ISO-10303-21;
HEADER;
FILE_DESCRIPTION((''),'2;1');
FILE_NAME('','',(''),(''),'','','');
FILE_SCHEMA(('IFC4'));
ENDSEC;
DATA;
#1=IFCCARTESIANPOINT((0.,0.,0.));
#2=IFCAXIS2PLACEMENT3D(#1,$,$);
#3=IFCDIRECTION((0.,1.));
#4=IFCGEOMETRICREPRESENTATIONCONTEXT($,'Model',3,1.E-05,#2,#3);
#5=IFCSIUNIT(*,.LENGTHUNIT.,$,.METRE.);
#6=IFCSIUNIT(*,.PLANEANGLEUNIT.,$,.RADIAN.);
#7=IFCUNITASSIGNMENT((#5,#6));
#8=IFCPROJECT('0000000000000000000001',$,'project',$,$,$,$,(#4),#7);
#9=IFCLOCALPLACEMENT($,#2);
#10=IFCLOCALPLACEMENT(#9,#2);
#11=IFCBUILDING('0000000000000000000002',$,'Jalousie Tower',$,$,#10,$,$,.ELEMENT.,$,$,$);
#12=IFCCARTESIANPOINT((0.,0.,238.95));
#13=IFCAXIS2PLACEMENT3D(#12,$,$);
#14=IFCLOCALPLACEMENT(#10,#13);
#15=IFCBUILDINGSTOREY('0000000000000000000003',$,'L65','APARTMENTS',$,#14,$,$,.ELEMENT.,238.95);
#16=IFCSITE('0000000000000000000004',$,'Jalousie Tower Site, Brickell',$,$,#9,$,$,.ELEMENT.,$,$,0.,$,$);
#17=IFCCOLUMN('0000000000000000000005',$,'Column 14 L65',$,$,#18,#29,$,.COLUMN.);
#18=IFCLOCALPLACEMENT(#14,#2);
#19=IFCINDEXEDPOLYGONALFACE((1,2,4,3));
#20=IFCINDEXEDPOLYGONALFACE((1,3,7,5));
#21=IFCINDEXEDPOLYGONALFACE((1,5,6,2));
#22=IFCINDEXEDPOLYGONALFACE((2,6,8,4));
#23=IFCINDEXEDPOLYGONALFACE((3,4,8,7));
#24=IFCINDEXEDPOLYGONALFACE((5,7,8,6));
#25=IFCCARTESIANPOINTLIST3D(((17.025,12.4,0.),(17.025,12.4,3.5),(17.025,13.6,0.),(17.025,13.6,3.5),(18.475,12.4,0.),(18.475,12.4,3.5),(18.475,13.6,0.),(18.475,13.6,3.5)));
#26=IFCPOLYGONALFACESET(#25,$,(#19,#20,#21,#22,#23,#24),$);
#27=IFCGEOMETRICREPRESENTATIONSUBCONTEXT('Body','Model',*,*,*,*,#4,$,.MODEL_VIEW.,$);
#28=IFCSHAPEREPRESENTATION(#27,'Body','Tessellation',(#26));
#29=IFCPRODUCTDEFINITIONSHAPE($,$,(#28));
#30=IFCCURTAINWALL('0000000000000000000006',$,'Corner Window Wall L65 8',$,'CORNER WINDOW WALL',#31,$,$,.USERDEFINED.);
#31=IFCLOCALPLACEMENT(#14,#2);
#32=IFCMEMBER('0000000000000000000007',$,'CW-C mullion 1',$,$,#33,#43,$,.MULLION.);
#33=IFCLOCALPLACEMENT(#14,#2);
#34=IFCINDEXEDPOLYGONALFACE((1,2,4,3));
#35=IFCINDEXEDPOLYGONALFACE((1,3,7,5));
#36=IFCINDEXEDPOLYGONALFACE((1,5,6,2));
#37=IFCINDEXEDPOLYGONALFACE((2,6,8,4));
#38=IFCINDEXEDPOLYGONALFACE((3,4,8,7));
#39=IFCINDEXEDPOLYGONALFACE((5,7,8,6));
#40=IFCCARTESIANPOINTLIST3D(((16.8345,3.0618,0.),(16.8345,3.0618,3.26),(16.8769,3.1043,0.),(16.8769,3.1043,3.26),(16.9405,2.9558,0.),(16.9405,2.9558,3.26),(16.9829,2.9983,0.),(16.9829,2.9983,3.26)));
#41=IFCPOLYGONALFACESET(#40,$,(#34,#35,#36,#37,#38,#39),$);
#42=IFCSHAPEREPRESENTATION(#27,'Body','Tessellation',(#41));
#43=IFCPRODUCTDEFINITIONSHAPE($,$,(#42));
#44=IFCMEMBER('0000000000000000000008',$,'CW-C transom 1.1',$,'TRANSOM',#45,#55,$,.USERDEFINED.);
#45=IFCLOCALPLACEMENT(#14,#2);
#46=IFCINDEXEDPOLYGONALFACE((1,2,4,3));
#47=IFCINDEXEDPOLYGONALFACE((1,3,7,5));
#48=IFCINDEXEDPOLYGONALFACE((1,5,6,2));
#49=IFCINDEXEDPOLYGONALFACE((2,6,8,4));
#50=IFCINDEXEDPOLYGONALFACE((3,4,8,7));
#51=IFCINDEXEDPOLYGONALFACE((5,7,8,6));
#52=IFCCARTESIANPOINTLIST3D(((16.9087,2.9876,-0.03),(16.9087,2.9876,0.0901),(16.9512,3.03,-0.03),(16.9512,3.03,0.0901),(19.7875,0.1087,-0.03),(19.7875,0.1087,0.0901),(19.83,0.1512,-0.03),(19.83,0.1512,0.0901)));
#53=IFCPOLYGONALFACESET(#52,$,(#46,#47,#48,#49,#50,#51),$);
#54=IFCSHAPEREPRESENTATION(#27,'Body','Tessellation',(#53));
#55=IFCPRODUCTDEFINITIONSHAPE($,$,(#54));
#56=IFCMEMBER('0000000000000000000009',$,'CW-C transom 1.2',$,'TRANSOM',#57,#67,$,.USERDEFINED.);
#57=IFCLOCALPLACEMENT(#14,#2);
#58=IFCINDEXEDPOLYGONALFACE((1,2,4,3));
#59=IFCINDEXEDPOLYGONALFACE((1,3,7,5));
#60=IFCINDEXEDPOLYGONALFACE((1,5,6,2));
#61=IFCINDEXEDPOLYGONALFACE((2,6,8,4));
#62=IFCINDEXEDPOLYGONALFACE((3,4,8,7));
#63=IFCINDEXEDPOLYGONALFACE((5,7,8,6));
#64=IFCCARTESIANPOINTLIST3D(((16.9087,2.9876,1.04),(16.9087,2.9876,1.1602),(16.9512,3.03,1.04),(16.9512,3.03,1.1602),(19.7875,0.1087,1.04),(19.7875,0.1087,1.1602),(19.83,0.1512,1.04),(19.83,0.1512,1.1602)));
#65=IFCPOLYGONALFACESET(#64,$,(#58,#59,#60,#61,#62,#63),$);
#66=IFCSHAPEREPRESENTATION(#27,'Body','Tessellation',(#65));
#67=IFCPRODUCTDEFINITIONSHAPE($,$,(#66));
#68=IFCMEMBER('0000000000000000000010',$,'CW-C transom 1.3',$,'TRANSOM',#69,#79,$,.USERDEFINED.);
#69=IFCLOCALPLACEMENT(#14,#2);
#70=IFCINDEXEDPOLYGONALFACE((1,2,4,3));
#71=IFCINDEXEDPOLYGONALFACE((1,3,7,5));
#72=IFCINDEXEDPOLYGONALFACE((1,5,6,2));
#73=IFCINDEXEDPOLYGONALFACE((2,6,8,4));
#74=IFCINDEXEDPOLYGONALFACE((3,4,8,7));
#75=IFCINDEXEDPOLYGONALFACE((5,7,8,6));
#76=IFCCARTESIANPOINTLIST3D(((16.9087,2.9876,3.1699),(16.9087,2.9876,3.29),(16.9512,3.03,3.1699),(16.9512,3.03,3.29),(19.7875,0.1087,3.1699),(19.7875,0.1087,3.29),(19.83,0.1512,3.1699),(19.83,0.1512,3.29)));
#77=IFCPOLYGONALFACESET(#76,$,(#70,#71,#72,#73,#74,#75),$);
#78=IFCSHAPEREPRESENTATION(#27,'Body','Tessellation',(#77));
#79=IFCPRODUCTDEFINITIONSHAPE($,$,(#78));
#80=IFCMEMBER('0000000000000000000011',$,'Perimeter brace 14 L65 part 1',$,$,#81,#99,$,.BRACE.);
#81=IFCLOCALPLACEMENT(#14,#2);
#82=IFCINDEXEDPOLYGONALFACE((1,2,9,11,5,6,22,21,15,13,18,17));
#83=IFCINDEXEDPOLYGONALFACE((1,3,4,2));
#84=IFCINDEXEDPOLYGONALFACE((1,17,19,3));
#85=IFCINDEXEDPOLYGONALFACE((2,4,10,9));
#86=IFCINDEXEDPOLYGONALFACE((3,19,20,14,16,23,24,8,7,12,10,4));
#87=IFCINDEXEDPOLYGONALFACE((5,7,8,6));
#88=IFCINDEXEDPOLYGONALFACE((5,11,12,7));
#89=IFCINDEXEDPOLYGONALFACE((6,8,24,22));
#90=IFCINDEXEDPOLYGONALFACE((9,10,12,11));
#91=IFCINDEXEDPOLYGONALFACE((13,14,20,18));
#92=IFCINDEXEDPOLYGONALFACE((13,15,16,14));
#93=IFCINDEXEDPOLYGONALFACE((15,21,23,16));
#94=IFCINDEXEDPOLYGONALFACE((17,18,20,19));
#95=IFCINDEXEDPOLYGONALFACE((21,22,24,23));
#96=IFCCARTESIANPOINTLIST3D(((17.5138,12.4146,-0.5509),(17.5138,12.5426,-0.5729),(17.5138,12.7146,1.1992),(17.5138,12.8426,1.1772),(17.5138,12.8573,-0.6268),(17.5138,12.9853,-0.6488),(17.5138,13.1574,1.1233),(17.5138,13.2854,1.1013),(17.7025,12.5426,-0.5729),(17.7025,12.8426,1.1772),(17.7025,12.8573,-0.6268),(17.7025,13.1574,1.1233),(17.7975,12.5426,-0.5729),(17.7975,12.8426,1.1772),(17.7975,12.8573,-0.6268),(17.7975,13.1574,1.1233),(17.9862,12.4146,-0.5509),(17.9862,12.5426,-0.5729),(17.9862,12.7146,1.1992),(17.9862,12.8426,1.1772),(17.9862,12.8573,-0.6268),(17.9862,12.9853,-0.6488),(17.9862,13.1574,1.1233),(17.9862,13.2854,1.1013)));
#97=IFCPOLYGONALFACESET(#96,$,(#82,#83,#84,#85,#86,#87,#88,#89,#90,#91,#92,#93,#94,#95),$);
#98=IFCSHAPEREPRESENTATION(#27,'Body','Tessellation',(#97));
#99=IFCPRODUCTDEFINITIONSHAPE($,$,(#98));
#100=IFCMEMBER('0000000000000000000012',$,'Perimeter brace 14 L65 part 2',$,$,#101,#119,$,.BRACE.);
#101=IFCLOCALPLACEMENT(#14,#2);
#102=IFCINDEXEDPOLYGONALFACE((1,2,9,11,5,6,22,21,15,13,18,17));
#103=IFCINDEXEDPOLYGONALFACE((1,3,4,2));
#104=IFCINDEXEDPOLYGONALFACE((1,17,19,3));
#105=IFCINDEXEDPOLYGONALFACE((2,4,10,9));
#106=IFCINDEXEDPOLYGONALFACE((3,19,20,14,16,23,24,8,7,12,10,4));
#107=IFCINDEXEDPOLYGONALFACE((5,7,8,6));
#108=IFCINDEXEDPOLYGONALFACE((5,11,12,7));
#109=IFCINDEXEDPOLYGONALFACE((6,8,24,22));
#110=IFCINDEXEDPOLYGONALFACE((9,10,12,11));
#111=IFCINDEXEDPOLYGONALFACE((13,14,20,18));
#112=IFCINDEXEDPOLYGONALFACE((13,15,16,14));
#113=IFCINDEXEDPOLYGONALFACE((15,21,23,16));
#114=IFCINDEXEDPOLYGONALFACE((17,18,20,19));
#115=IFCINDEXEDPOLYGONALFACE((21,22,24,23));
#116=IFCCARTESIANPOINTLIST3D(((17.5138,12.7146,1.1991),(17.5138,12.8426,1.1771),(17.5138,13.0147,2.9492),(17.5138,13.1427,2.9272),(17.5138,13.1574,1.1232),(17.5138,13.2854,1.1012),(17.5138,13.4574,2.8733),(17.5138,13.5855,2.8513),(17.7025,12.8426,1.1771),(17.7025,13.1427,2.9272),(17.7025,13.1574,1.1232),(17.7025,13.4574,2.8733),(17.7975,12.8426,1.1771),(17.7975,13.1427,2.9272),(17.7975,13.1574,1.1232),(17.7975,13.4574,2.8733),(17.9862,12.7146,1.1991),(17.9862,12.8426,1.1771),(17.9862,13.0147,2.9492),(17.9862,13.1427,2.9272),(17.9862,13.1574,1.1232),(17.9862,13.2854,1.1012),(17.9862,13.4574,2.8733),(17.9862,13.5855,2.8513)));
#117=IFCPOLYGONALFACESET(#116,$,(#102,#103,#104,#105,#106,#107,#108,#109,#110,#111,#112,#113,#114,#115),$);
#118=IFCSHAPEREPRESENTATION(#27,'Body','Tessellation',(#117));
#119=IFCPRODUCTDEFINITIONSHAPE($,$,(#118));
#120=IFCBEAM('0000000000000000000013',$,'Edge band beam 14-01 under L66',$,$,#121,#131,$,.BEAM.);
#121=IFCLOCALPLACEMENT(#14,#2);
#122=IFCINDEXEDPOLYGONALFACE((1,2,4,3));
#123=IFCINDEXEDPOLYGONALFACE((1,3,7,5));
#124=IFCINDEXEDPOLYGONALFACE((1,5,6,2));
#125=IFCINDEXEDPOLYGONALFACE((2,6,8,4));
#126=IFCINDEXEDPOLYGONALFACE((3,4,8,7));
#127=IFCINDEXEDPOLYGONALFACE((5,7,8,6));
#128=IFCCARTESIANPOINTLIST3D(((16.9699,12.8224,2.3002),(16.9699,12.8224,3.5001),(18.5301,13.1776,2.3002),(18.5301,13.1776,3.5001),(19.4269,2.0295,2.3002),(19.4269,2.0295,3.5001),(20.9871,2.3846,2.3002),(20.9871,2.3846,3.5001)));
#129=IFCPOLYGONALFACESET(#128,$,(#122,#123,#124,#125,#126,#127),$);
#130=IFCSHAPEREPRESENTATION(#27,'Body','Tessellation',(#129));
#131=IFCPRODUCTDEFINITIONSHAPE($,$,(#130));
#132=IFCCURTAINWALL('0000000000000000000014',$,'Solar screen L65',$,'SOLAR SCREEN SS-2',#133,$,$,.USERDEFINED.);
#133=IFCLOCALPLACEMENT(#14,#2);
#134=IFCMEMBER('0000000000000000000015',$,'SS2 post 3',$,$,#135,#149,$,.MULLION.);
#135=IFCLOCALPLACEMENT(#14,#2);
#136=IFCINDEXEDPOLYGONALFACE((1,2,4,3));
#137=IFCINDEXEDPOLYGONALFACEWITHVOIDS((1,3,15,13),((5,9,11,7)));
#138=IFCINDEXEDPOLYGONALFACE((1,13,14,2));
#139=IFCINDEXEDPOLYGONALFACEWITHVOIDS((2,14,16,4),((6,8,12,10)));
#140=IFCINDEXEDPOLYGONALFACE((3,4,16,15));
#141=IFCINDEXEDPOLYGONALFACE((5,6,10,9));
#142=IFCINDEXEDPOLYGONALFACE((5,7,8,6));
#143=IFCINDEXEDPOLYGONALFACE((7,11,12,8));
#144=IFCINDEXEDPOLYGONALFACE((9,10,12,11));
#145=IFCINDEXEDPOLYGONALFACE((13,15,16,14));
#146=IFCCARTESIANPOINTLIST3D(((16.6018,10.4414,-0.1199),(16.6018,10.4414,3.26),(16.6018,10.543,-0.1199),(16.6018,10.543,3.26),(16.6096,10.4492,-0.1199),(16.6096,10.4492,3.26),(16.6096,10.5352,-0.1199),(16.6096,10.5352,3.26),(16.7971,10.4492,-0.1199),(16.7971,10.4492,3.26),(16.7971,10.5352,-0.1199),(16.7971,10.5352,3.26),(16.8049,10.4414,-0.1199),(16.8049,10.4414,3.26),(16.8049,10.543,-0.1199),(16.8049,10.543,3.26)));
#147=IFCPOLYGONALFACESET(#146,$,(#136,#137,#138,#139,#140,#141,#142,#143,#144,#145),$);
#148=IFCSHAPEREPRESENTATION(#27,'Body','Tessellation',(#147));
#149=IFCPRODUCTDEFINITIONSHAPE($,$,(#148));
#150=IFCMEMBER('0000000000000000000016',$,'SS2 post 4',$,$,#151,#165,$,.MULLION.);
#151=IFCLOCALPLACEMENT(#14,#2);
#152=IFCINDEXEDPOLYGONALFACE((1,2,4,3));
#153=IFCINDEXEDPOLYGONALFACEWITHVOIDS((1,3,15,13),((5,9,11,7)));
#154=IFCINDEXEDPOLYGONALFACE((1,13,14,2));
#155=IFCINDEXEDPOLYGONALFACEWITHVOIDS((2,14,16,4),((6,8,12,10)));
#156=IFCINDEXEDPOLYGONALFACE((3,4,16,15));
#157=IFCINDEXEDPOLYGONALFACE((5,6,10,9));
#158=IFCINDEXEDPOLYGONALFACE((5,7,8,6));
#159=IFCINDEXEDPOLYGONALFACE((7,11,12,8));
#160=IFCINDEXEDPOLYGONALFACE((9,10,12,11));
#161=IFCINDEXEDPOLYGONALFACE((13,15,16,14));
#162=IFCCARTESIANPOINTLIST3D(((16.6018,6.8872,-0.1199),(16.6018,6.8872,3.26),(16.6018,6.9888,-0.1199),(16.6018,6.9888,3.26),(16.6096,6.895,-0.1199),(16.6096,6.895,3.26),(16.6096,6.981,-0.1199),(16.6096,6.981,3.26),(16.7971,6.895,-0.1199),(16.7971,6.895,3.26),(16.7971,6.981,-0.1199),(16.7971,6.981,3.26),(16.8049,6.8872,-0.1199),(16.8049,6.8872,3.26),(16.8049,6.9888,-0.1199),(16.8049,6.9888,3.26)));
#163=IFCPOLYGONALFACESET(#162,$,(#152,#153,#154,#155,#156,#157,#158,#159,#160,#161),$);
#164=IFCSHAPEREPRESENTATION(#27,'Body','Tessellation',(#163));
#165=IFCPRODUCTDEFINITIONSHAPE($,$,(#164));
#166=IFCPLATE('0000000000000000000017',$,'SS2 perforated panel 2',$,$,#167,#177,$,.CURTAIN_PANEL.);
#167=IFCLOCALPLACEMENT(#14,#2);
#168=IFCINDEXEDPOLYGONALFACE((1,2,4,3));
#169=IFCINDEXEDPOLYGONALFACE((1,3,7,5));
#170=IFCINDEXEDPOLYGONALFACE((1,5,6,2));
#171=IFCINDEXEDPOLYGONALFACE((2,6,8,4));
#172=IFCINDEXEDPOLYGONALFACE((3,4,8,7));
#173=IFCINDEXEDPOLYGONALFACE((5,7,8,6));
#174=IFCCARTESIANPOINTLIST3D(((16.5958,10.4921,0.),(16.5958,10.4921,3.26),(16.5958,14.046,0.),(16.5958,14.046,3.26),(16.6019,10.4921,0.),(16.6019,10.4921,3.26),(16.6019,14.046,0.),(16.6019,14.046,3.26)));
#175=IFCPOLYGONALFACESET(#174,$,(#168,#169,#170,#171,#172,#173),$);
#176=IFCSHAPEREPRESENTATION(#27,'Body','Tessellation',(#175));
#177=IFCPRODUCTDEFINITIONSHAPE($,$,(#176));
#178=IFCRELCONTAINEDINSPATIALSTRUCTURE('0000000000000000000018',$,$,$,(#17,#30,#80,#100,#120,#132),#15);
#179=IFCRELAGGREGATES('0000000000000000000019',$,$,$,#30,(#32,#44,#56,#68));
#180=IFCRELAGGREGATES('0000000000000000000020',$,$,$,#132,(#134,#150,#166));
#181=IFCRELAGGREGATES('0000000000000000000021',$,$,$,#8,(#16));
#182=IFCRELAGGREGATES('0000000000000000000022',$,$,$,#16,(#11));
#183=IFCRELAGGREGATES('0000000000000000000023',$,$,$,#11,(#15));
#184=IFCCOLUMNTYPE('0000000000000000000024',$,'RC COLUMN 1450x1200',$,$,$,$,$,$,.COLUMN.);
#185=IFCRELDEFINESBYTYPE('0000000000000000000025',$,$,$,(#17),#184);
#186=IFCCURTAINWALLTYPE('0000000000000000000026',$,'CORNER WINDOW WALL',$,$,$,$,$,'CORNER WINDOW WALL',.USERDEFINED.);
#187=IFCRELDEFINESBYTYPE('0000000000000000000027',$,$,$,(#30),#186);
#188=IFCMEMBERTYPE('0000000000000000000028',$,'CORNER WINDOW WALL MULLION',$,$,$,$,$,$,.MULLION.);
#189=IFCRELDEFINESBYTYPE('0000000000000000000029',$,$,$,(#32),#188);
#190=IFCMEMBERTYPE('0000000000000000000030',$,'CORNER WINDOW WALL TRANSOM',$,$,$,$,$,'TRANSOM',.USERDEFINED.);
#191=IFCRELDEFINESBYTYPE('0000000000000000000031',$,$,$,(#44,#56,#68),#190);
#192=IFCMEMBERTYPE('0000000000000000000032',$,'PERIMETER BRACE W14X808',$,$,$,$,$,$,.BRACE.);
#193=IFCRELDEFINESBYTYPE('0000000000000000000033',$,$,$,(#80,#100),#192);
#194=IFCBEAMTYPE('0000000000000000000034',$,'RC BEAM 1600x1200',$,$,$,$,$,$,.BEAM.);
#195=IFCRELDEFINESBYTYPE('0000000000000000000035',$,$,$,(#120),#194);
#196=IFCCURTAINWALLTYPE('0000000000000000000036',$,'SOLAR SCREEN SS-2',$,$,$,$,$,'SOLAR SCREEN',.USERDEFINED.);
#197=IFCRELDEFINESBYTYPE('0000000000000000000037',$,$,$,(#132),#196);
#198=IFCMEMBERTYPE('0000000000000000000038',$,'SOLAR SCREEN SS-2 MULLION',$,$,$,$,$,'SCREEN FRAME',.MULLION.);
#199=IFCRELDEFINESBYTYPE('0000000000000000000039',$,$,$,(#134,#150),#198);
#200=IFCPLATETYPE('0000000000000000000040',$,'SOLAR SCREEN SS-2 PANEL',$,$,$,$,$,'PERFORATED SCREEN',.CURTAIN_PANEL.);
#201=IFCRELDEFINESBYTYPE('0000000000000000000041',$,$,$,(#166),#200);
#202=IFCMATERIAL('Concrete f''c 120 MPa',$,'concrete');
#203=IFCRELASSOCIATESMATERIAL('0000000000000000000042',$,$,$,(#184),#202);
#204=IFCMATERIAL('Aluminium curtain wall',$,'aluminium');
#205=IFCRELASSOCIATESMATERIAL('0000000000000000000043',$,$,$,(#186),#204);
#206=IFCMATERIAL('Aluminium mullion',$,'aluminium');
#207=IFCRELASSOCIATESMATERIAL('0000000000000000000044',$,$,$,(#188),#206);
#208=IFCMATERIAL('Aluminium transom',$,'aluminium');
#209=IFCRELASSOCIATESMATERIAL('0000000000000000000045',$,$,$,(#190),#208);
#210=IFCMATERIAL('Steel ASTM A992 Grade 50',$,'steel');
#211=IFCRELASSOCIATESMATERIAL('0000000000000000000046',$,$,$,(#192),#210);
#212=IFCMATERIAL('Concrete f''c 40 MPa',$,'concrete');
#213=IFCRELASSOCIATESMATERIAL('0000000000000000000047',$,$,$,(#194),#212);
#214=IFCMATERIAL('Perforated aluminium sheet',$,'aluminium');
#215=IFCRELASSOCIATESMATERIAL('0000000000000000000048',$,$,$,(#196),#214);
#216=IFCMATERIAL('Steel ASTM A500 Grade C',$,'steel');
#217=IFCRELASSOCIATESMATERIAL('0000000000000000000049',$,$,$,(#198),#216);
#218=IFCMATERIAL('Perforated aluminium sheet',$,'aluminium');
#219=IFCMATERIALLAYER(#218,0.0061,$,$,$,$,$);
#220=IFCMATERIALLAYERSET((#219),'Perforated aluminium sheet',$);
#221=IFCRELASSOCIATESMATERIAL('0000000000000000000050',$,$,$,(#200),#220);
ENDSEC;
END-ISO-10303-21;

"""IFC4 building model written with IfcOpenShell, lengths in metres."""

from ifc_helpers import new_model, si_unit, direction, frame, origin, origin_2d, place, context, subcontext, project, spatial, rectangle, hollow_rectangle, i_section, extrude, material, layer, layer_set, material_profile, profile_set, type_object, element, aggregate, save


model = new_model("IFC4")

# Units and contexts
model_context = context("Model", 3, precision=1e-05, world=origin(), true_north=direction((0.0, 1.0)))
body_context = subcontext(model_context, "Body", "Model", "MODEL_VIEW")
ifc_project = project(units=[si_unit("LENGTHUNIT", "METRE"), si_unit("PLANEANGLEUNIT", "RADIAN")], contexts=[model_context])

# Site, building, storey
site_placement = place(None, origin())
site = spatial("IfcSite", under=ifc_project, at=site_placement, Name="Jalousie Tower Site, Brickell", CompositionType="ELEMENT", RefElevation=0.0)
building_placement = place(site_placement, origin())
building = spatial("IfcBuilding", under=site, at=building_placement, Name="Jalousie Tower", CompositionType="ELEMENT")
storey_placement = place(building_placement, frame((0.0, 0.0, 238.95)))
storey = spatial("IfcBuildingStorey", under=building, at=storey_placement, Name="L65", Description="APARTMENTS", CompositionType="ELEMENT", Elevation=238.95)

# Column
ifc_material_1 = material(Name="Concrete f'c 120 MPa", Category="concrete")
ifc_material_profile_1 = material_profile(ifc_material_1, rectangle(XDim=1.45, YDim=1.2, at=origin_2d()), Name="RC 1450x1200")
ifc_profile_set_1 = profile_set([ifc_material_profile_1], Name="Concrete f'c 120 MPa")
column_type = type_object("IfcColumnType", Name="RC COLUMN 1450x1200", PredefinedType="COLUMN", material=ifc_profile_set_1)
column_placement = place(storey_placement, frame((17.75, 13.0, 0.0), z_axis=(0.0, 0.0, 1.0), x_axis=(1.0, 0.0, 0.0)))
element("IfcColumn", 1, at=column_placement, inside=storey, type_object=column_type, Name="Column 14 L65", PredefinedType="COLUMN", context=body_context, shape_type="SweptSolid", body=[
    extrude(rectangle(XDim=1.45, YDim=1.2, at=origin_2d()), origin(), (0.0, 0.0, 1.0), 3.5),
])

# Curtain wall, members
ifc_material_2 = material(Name="Aluminium curtain wall", Category="aluminium")
curtain_wall_type_1 = type_object("IfcCurtainWallType", Name="CORNER WINDOW WALL", ElementType="CORNER WINDOW WALL", PredefinedType="USERDEFINED", material=ifc_material_2)
curtain_wall_1_placement = place(storey_placement, origin())
curtain_wall_1 = element("IfcCurtainWall", 2, at=curtain_wall_1_placement, inside=storey, type_object=curtain_wall_type_1, Name="Corner Window Wall L65 8", ObjectType="CORNER WINDOW WALL", PredefinedType="USERDEFINED")
ifc_material_3 = material(Name="Aluminium mullion", Category="aluminium")
ifc_material_profile_2 = material_profile(ifc_material_3, rectangle(XDim=0.0601, YDim=0.1499, at=origin_2d()), Name="MULLION 60x150")
ifc_profile_set_2 = profile_set([ifc_material_profile_2], Name="Aluminium mullion")
member_type_1 = type_object("IfcMemberType", Name="CORNER WINDOW WALL MULLION", PredefinedType="MULLION", material=ifc_profile_set_2)
member_1_placement = place(storey_placement, frame((16.9087, 3.03, 0.0), z_axis=(0.0, 0.0, 1.0), x_axis=(0.707107, 0.707107, 0.0)))
member_1 = element("IfcMember", 3, at=member_1_placement, type_object=member_type_1, Name="CW-C mullion 1", PredefinedType="MULLION", context=body_context, shape_type="SweptSolid", body=[
    extrude(rectangle(XDim=0.0601, YDim=0.1499, at=origin_2d()), origin(), (0.0, 0.0, 1.0), 3.26),
])
ifc_material_4 = material(Name="Aluminium transom", Category="aluminium")
ifc_material_profile_3 = material_profile(ifc_material_4, rectangle(XDim=0.0601, YDim=0.1201, at=origin_2d()), Name="TRANSOM 60x120")
ifc_profile_set_3 = profile_set([ifc_material_profile_3], Name="Aluminium transom")
member_type_2 = type_object("IfcMemberType", Name="CORNER WINDOW WALL TRANSOM", ElementType="TRANSOM", PredefinedType="USERDEFINED", material=ifc_profile_set_3)
member_2_placement = place(storey_placement, frame((16.9299, 3.0088, 0.03), z_axis=(0.707107, -0.707107, 0.0), x_axis=(0.707107, 0.707107, 0.0)))
member_2 = element("IfcMember", 4, at=member_2_placement, type_object=member_type_2, Name="CW-C transom 1.1", ObjectType="TRANSOM", PredefinedType="USERDEFINED", context=body_context, shape_type="SweptSolid", body=[
    extrude(rectangle(XDim=0.0601, YDim=0.1201, at=origin_2d()), origin(), (0.0, 0.0, 1.0), 4.0713),
])
member_3_placement = place(storey_placement, frame((16.9299, 3.0088, 1.1001), z_axis=(0.707107, -0.707107, 0.0), x_axis=(0.707107, 0.707107, 0.0)))
member_3 = element("IfcMember", 5, at=member_3_placement, type_object=member_type_2, Name="CW-C transom 1.2", ObjectType="TRANSOM", PredefinedType="USERDEFINED", context=body_context, shape_type="SweptSolid", body=[
    extrude(rectangle(XDim=0.0601, YDim=0.1201, at=origin_2d()), origin(), (0.0, 0.0, 1.0), 4.0713),
])
member_4_placement = place(storey_placement, frame((16.9299, 3.0088, 3.23), z_axis=(0.707107, -0.707107, 0.0), x_axis=(0.707107, 0.707107, 0.0)))
member_4 = element("IfcMember", 6, at=member_4_placement, type_object=member_type_2, Name="CW-C transom 1.3", ObjectType="TRANSOM", PredefinedType="USERDEFINED", context=body_context, shape_type="SweptSolid", body=[
    extrude(rectangle(XDim=0.0601, YDim=0.1201, at=origin_2d()), origin(), (0.0, 0.0, 1.0), 4.0713),
])
aggregate(curtain_wall_1, [member_1, member_2, member_3, member_4])

# Members
ifc_material_5 = material(Name="Steel ASTM A992 Grade 50", Category="steel")
ifc_material_profile_4 = material_profile(ifc_material_5, i_section(OverallWidth=0.4724, OverallDepth=0.5791, WebThickness=0.095, FlangeThickness=0.1299, at=origin_2d()), Name="W14X808")
ifc_profile_set_4 = profile_set([ifc_material_profile_4], Name="Steel ASTM A992 Grade 50")
member_type_3 = type_object("IfcMemberType", Name="PERIMETER BRACE W14X808", PredefinedType="BRACE", material=ifc_profile_set_4)
for number, where, z_axis, x_axis, name in (
    (7, (17.75, 12.7, -0.5999), (0.0, 0.168991, 0.985618), (-1.0, 0.0, 0.0), "Perimeter brace 14 L65 part 1"),
    (8, (17.75, 13.0, 1.1501), (0.0, 0.168991, 0.985618), (-1.0, 0.0, 0.0), "Perimeter brace 14 L65 part 2"),
):
    element("IfcMember", number, at=place(storey_placement, frame(where, z_axis=z_axis, x_axis=x_axis)), inside=storey, type_object=member_type_3, Name=name, PredefinedType="BRACE", context=body_context, shape_type="SweptSolid", body=[
        extrude(i_section(OverallWidth=0.4724, OverallDepth=0.5791, WebThickness=0.095, FlangeThickness=0.1299, at=origin_2d()), origin(), (0.0, 0.0, 1.0), 1.7756),
    ])

# Beam
ifc_material_6 = material(Name="Concrete f'c 40 MPa", Category="concrete")
ifc_material_profile_5 = material_profile(ifc_material_6, rectangle(XDim=1.6001, YDim=1.2, at=origin_2d()), Name="RC 1600x1200")
ifc_profile_set_5 = profile_set([ifc_material_profile_5], Name="Concrete f'c 40 MPa")
beam_type = type_object("IfcBeamType", Name="RC BEAM 1600x1200", PredefinedType="BEAM", material=ifc_profile_set_5)
beam_placement = place(storey_placement, frame((17.75, 13.0, 2.9001), z_axis=(0.221972, -0.975053, 0.0), x_axis=(0.975053, 0.221972, 0.0)))
element("IfcBeam", 9, at=beam_placement, inside=storey, type_object=beam_type, Name="Edge band beam 14-01 under L66", PredefinedType="BEAM", context=body_context, shape_type="SweptSolid", body=[
    extrude(rectangle(XDim=1.6001, YDim=1.2, at=origin_2d()), origin(), (0.0, 0.0, 1.0), 11.0691),
])

# Curtain wall, members
ifc_material_7 = material(Name="Perforated aluminium sheet", Category="aluminium")
curtain_wall_type_2 = type_object("IfcCurtainWallType", Name="SOLAR SCREEN SS-2", ElementType="SOLAR SCREEN", PredefinedType="USERDEFINED", material=ifc_material_7)
curtain_wall_2_placement = place(storey_placement, origin())
curtain_wall_2 = element("IfcCurtainWall", 10, at=curtain_wall_2_placement, inside=storey, type_object=curtain_wall_type_2, Name="Solar screen L65", ObjectType="SOLAR SCREEN SS-2", PredefinedType="USERDEFINED")
ifc_material_8 = material(Name="Steel ASTM A500 Grade C", Category="steel")
ifc_material_profile_6 = material_profile(ifc_material_8, hollow_rectangle(XDim=0.1016, YDim=0.2031, WallThickness=0.0078, at=origin_2d()), Name="HSS8X4X5/16")
ifc_profile_set_6 = profile_set([ifc_material_profile_6], Name="Steel ASTM A500 Grade C")
member_type_4 = type_object("IfcMemberType", Name="SOLAR SCREEN SS-2 MULLION", ElementType="SCREEN FRAME", PredefinedType="MULLION", material=ifc_profile_set_6)
member_5_placement = place(storey_placement, frame((16.7034, 10.4922, -0.1199), z_axis=(0.0, 0.0, 1.0), x_axis=(0.0, -1.0, 0.0)))
member_5 = element("IfcMember", 11, at=member_5_placement, type_object=member_type_4, Name="SS2 post 3", PredefinedType="MULLION", context=body_context, shape_type="SweptSolid", body=[
    extrude(hollow_rectangle(XDim=0.1016, YDim=0.2031, WallThickness=0.0078, at=origin_2d()), origin(), (0.0, 0.0, 1.0), 3.3799),
])
member_6_placement = place(storey_placement, frame((16.7034, 6.938, -0.1199), z_axis=(0.0, 0.0, 1.0), x_axis=(0.0, -1.0, 0.0)))
member_6 = element("IfcMember", 12, at=member_6_placement, type_object=member_type_4, Name="SS2 post 4", PredefinedType="MULLION", context=body_context, shape_type="SweptSolid", body=[
    extrude(hollow_rectangle(XDim=0.1016, YDim=0.2031, WallThickness=0.0078, at=origin_2d()), origin(), (0.0, 0.0, 1.0), 3.3799),
])

# Plate
ifc_material_9 = material(Name="Perforated aluminium sheet", Category="aluminium")
ifc_layer_1 = layer(ifc_material_9, 0.0061)
ifc_layer_set_1 = layer_set([ifc_layer_1], Name="Perforated aluminium sheet")
plate_type = type_object("IfcPlateType", Name="SOLAR SCREEN SS-2 PANEL", ElementType="PERFORATED SCREEN", PredefinedType="CURTAIN_PANEL", material=ifc_layer_set_1)
plate_1_placement = place(storey_placement, frame((16.5989, 12.269, 0.0), z_axis=(0.0, 0.0, 1.0), x_axis=(0.0, -1.0, 0.0)))
plate_1 = element("IfcPlate", 13, at=plate_1_placement, type_object=plate_type, Name="SS2 perforated panel 2", PredefinedType="CURTAIN_PANEL", context=body_context, shape_type="SweptSolid", body=[
    extrude(rectangle(XDim=3.554, YDim=0.0061, at=origin_2d()), origin(), (0.0, 0.0, 1.0), 3.26),
])
aggregate(curtain_wall_2, [member_5, member_6, plate_1])

save(model, "model.ifc")
